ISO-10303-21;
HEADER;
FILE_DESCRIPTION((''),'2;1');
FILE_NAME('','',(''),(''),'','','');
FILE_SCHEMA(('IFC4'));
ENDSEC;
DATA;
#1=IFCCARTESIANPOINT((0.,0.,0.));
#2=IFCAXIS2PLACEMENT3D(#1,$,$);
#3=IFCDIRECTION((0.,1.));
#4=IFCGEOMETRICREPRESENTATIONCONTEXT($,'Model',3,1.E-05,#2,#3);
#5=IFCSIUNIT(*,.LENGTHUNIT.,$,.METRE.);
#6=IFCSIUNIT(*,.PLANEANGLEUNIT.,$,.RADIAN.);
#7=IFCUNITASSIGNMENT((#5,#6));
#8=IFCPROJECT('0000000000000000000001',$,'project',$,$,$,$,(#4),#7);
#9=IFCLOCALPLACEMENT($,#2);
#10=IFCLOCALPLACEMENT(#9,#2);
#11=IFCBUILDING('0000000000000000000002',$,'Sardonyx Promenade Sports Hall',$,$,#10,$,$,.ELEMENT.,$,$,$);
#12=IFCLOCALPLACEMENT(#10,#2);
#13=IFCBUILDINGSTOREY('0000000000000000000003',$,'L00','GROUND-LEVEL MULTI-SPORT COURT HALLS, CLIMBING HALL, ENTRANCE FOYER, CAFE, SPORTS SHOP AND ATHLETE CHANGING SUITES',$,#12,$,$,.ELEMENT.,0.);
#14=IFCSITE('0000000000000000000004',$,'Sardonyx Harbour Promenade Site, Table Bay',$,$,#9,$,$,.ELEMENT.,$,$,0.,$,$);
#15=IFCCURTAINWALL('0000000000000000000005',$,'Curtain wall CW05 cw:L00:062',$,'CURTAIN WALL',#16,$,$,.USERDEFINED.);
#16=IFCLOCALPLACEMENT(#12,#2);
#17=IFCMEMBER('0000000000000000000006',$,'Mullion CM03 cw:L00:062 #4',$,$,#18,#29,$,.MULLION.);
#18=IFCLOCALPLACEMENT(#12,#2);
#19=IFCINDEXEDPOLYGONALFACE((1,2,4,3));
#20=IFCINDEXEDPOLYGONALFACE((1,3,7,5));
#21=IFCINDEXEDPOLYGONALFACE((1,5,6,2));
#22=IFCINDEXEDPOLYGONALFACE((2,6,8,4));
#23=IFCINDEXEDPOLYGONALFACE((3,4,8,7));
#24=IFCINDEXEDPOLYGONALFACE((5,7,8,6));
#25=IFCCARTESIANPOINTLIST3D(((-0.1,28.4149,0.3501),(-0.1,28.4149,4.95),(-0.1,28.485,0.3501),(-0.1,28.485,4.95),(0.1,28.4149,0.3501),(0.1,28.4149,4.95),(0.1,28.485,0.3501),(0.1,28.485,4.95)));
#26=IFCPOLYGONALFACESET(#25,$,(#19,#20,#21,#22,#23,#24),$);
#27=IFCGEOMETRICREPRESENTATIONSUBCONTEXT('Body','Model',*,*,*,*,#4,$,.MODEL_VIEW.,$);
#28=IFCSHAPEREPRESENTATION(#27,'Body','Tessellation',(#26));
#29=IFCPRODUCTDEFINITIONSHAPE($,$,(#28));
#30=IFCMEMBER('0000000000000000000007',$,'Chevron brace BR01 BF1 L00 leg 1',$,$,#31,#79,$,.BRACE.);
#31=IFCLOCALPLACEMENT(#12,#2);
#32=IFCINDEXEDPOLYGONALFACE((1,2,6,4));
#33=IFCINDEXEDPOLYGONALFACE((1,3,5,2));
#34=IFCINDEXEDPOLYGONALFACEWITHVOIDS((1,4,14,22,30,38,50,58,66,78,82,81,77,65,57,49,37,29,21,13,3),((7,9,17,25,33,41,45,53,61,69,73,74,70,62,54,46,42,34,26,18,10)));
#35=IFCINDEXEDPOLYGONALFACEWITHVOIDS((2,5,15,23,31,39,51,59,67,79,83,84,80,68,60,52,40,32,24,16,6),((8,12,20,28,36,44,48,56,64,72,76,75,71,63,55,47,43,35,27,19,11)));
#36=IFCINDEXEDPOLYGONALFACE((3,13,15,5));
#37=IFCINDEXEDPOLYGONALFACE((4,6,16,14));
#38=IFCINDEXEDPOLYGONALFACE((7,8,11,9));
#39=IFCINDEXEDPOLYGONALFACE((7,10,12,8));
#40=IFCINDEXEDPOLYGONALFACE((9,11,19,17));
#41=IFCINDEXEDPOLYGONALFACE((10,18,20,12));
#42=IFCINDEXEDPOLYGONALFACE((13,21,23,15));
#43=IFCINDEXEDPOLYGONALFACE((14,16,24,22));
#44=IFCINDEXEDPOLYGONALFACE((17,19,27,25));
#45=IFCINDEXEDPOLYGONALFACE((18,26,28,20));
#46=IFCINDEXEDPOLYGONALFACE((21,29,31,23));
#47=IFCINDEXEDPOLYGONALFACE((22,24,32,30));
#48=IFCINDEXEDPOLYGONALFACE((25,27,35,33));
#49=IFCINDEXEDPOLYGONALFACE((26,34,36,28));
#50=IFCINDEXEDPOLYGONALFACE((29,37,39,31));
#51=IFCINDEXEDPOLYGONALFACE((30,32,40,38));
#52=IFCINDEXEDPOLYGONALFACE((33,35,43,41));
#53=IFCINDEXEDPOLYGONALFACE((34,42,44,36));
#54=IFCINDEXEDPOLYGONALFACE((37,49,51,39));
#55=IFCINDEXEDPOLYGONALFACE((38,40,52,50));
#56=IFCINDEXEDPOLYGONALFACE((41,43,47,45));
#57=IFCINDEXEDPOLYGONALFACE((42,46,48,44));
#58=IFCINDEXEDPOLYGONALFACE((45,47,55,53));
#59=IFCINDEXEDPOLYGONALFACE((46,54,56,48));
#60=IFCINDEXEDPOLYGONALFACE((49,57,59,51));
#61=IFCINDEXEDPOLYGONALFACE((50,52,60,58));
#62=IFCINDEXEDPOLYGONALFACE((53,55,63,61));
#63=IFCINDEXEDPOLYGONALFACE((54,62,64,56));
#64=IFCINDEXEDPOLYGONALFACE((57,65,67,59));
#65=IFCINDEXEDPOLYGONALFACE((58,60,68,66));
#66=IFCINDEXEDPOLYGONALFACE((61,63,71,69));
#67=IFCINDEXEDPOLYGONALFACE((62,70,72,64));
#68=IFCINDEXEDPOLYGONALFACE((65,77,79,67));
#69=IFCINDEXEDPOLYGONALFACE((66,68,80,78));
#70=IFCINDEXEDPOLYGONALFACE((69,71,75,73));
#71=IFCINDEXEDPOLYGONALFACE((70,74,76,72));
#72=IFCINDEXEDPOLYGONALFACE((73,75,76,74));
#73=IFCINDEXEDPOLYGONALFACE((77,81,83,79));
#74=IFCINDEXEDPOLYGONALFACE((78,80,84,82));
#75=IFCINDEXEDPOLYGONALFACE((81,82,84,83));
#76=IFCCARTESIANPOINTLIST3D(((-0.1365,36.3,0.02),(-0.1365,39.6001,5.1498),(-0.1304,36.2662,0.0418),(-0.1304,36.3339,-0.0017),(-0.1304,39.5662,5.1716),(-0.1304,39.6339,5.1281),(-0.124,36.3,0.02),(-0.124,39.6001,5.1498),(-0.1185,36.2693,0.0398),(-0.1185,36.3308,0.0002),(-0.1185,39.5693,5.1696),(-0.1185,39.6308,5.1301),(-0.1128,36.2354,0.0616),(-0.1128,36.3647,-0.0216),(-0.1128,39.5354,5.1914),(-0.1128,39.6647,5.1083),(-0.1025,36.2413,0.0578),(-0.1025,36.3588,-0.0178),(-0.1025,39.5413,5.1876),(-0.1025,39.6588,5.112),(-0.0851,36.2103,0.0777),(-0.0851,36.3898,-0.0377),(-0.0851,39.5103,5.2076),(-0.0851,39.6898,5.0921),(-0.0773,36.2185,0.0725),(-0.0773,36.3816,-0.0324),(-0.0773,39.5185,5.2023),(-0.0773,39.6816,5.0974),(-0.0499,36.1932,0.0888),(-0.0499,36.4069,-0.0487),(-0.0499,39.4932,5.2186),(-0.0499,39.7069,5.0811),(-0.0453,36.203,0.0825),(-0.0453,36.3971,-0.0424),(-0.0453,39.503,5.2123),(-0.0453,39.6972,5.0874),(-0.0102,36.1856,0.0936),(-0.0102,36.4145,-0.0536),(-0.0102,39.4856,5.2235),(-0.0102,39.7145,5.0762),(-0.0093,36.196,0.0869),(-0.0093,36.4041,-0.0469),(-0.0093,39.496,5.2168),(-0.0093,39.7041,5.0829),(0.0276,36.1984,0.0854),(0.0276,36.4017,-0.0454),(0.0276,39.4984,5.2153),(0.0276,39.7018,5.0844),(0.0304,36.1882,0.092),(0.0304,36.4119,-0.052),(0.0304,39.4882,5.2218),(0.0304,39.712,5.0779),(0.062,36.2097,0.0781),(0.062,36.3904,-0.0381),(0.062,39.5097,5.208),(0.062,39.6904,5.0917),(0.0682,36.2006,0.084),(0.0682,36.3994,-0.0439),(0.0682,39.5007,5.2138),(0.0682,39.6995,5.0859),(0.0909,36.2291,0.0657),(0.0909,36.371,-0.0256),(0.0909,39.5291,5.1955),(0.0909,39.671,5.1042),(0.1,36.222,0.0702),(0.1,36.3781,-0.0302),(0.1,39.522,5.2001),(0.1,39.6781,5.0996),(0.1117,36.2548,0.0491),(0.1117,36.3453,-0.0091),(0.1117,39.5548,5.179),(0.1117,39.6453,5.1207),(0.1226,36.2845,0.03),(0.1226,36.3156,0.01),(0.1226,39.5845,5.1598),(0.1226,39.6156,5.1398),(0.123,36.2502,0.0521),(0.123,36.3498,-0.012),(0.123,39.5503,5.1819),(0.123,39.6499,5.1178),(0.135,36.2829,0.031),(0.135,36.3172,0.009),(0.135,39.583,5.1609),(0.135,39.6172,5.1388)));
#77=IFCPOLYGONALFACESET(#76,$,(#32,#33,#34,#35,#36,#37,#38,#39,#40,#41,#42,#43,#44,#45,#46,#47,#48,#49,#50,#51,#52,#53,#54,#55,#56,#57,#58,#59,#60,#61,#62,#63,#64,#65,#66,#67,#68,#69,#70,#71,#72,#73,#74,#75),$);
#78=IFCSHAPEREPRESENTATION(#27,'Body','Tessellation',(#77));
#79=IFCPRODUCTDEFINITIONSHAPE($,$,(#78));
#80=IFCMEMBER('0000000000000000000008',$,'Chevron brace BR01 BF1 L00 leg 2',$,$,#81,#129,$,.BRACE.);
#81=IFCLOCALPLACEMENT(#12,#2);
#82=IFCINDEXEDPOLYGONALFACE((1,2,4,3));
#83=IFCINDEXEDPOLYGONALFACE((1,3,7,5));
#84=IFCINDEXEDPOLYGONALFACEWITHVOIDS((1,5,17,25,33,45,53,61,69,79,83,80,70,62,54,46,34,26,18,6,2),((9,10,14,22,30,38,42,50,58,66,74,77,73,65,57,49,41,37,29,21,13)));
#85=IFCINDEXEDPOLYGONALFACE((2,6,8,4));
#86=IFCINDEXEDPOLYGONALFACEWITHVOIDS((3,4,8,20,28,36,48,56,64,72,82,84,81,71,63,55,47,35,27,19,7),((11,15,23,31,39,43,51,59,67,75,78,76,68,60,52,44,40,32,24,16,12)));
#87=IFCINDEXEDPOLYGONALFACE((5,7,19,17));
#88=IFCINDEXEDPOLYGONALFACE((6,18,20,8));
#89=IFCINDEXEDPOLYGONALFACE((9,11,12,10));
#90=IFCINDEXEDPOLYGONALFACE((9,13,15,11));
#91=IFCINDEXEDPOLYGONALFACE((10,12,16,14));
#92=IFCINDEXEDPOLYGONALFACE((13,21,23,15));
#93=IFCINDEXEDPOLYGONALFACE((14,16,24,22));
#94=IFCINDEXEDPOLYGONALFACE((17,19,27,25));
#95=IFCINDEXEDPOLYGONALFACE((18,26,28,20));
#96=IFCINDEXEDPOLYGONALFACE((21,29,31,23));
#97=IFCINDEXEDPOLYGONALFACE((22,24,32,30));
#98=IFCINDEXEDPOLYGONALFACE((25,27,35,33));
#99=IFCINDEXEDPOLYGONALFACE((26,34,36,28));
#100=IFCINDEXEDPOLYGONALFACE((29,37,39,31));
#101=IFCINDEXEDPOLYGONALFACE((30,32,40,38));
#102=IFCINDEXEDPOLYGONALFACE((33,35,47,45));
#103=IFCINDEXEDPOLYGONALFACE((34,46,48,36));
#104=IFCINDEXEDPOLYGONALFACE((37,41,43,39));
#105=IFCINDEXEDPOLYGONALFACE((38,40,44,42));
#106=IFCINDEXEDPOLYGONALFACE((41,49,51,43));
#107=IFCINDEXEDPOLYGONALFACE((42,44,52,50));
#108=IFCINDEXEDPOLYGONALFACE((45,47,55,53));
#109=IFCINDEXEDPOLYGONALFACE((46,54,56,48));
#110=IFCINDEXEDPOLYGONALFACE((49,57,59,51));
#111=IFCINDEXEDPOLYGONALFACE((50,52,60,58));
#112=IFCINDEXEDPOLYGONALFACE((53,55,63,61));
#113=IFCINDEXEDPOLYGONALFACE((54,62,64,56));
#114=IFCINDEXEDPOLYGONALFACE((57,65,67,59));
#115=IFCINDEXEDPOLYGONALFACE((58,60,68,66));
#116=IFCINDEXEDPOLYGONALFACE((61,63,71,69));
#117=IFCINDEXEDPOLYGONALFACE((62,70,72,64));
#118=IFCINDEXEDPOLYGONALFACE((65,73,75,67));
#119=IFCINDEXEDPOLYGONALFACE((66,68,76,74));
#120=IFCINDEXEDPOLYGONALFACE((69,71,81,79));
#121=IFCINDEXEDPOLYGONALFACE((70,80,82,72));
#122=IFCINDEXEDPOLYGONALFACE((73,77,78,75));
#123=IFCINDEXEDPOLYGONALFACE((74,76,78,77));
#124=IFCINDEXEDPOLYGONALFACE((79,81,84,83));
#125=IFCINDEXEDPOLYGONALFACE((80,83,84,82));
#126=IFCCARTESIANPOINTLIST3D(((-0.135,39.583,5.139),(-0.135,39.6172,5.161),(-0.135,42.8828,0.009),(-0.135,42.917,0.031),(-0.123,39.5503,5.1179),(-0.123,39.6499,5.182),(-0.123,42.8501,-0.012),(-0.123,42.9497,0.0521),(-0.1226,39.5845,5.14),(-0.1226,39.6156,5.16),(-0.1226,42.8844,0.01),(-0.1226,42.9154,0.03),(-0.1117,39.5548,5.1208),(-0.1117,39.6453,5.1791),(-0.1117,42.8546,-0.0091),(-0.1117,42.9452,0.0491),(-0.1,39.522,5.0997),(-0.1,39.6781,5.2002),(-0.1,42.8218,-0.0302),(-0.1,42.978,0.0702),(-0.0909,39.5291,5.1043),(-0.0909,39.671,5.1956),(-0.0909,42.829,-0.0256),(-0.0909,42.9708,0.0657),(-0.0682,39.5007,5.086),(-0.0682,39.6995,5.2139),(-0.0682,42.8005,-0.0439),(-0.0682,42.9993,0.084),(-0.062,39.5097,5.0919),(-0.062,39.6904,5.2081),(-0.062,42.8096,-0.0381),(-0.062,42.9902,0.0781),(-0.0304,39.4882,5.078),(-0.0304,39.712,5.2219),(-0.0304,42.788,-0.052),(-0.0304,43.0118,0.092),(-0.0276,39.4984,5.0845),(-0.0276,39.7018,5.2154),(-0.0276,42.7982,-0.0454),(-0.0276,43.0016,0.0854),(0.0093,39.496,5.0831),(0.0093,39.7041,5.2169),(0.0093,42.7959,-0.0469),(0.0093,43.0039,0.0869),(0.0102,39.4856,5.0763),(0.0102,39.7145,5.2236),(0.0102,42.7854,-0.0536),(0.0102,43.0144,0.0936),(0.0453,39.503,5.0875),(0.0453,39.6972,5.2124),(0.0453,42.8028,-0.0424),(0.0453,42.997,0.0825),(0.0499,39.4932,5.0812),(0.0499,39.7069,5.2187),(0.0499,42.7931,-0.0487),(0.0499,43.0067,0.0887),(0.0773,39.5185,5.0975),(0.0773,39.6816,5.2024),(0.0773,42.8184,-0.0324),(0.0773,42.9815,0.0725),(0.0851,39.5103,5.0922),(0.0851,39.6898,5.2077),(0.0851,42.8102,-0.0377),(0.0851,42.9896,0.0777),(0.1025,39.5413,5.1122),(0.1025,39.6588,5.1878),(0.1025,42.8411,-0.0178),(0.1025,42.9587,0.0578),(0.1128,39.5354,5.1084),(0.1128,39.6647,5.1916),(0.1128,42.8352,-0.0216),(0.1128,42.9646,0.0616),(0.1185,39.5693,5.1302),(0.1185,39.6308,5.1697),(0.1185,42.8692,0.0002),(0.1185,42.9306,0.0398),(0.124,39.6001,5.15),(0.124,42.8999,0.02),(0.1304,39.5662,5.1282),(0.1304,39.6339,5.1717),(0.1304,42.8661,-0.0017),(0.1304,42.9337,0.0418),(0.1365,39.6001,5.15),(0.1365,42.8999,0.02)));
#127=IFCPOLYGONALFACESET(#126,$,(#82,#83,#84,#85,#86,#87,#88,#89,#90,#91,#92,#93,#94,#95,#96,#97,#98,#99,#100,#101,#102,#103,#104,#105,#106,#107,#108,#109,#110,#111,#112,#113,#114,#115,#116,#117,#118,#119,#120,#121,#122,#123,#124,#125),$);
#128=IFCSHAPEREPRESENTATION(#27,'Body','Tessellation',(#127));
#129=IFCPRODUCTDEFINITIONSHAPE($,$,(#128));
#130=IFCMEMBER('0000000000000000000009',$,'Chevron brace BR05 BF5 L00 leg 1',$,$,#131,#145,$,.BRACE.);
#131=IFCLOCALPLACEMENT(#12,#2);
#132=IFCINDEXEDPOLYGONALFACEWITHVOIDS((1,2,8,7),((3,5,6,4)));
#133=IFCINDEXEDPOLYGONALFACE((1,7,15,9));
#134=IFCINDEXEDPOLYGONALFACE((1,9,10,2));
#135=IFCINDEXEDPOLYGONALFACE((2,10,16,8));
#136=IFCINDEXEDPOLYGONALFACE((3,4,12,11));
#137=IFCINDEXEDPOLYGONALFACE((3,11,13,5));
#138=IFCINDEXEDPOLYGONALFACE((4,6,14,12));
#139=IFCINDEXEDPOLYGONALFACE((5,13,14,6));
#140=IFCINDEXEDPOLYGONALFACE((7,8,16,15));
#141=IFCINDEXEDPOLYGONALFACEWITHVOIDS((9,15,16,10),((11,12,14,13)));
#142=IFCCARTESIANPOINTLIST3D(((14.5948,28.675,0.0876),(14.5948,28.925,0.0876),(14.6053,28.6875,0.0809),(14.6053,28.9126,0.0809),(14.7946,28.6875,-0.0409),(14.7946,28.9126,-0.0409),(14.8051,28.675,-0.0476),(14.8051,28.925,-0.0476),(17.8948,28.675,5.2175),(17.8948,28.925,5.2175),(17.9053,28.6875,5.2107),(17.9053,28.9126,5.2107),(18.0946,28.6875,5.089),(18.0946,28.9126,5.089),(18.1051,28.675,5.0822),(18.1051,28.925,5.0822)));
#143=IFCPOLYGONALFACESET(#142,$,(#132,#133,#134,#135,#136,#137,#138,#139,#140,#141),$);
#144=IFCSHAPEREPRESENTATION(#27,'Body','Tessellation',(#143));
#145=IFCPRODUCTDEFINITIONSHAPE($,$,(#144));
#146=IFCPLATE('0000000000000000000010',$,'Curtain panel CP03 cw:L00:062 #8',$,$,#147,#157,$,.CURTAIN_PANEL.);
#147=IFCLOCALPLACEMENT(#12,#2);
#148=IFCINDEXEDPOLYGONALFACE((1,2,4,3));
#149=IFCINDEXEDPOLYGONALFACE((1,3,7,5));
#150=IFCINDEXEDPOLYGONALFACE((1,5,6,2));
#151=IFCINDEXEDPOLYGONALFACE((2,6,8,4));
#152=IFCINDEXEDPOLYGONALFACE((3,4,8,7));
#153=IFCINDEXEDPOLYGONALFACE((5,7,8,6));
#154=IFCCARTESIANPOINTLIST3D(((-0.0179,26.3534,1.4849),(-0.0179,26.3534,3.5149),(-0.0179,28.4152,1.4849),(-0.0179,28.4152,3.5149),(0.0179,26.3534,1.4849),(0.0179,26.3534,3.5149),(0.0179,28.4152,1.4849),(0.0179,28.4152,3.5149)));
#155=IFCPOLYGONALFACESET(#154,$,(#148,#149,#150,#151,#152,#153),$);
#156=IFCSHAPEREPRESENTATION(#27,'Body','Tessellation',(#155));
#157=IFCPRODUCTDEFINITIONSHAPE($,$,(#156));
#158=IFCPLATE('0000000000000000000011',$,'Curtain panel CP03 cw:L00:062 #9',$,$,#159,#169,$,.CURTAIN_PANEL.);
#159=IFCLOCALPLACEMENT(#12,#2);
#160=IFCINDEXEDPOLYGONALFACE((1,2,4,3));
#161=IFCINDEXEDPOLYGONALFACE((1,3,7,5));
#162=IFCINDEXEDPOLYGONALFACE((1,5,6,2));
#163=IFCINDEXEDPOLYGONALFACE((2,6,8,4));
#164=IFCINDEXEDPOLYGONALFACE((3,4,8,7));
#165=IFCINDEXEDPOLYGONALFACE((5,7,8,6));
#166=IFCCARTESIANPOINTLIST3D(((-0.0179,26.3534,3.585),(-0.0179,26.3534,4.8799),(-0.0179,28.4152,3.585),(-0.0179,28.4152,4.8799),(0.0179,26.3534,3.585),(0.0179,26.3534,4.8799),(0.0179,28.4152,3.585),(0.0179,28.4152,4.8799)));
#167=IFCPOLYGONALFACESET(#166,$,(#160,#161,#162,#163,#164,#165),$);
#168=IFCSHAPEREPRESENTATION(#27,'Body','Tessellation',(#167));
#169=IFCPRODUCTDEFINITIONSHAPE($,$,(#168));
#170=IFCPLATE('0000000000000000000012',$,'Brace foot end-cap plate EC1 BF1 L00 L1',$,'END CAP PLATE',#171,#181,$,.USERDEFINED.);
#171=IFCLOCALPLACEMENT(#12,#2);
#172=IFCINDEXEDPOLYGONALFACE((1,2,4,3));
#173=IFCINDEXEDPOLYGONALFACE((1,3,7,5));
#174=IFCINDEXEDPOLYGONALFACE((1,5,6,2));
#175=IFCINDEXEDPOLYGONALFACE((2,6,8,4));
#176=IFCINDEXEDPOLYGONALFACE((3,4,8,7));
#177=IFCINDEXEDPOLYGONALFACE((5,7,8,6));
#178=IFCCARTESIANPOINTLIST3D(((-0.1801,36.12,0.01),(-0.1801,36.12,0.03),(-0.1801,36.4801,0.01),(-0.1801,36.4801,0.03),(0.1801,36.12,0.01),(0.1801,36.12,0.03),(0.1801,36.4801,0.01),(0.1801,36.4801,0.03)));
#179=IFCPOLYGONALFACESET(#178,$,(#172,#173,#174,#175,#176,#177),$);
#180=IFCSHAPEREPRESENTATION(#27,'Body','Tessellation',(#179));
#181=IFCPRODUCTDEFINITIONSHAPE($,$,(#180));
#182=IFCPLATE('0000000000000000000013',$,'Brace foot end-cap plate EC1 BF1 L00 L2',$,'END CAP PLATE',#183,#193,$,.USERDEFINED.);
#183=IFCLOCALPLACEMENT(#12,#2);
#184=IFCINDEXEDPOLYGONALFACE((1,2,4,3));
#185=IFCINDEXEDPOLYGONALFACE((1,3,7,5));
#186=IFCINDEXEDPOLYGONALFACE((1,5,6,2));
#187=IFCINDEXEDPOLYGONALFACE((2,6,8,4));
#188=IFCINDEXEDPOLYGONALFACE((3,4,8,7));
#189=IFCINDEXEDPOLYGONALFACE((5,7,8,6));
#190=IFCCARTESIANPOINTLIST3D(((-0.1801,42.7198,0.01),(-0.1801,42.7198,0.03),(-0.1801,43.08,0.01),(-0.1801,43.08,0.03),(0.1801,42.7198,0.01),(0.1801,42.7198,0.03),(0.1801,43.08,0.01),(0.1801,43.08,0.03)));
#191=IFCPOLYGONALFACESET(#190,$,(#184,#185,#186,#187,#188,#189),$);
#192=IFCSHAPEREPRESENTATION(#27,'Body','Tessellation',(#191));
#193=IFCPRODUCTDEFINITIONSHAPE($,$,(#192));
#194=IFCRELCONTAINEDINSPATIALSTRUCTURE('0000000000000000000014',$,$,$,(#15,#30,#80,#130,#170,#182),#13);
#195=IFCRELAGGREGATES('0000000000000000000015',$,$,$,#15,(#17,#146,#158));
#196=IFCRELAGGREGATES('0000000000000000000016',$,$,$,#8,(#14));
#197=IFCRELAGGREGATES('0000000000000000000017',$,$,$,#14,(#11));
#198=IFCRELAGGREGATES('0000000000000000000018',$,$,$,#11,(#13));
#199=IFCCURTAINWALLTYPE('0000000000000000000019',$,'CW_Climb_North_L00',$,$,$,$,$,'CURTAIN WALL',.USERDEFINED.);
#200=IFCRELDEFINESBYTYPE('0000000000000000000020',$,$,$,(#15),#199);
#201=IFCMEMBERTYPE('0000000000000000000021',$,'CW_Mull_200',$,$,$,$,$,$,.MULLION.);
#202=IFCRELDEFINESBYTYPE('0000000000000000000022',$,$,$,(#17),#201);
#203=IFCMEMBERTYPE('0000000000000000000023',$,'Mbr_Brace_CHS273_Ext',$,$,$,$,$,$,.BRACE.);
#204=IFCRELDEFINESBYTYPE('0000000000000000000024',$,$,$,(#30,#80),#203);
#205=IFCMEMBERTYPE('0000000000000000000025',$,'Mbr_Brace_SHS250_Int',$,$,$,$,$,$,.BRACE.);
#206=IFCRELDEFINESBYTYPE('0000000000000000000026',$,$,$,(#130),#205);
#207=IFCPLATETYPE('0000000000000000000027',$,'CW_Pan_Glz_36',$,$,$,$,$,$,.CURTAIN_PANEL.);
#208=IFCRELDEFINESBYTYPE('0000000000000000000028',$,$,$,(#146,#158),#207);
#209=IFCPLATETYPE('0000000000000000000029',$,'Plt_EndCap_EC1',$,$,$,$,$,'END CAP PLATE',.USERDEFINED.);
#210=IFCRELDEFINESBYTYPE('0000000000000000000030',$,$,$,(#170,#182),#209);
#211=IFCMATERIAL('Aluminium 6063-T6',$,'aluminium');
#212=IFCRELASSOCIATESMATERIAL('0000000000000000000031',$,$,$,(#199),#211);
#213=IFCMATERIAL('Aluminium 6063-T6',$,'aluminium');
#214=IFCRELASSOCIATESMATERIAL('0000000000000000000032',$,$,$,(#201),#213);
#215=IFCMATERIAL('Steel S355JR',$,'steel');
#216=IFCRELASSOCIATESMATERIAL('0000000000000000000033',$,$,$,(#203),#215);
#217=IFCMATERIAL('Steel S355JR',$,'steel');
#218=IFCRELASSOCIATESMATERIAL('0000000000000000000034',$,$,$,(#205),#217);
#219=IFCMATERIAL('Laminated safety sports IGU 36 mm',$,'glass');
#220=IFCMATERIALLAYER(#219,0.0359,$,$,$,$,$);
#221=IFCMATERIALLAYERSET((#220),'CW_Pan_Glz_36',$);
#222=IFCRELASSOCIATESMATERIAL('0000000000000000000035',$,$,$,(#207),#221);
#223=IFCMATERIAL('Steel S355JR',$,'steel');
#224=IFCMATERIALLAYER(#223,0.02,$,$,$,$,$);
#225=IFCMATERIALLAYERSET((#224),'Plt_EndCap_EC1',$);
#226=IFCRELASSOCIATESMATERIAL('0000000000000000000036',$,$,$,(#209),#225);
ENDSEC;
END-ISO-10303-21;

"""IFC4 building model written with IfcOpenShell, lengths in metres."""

from ifc_helpers import new_model, si_unit, direction, frame, origin, origin_2d, place, context, subcontext, project, spatial, rectangle, hollow_rectangle, hollow_circle, extrude, material, layer, layer_set, material_profile, profile_set, type_object, element, aggregate, save


model = new_model("IFC4")

# Units and contexts
model_context = context("Model", 3, precision=1e-05, world=origin(), true_north=direction((0.0, 1.0)))
body_context = subcontext(model_context, "Body", "Model", "MODEL_VIEW")
ifc_project = project(units=[si_unit("LENGTHUNIT", "METRE"), si_unit("PLANEANGLEUNIT", "RADIAN")], contexts=[model_context])

# Site, building, storey
site_placement = place(None, origin())
site = spatial("IfcSite", under=ifc_project, at=site_placement, Name="Sardonyx Harbour Promenade Site, Table Bay", CompositionType="ELEMENT", RefElevation=0.0)
building_placement = place(site_placement, origin())
building = spatial("IfcBuilding", under=site, at=building_placement, Name="Sardonyx Promenade Sports Hall", CompositionType="ELEMENT")
storey_placement = place(building_placement, origin())
storey = spatial("IfcBuildingStorey", under=building, at=storey_placement, Name="L00", Description="GROUND-LEVEL MULTI-SPORT COURT HALLS, CLIMBING HALL, ENTRANCE FOYER, CAFE, SPORTS SHOP AND ATHLETE CHANGING SUITES", CompositionType="ELEMENT", Elevation=0.0)

# Curtain wall, member
ifc_material_1 = material(Name="Aluminium 6063-T6", Category="aluminium")
curtain_wall_type = type_object("IfcCurtainWallType", Name="CW_Climb_North_L00", ElementType="CURTAIN WALL", PredefinedType="USERDEFINED", material=ifc_material_1)
curtain_wall_placement = place(storey_placement, origin())
curtain_wall = element("IfcCurtainWall", 1, at=curtain_wall_placement, inside=storey, type_object=curtain_wall_type, Name="Curtain wall CW05 cw:L00:062", ObjectType="CURTAIN WALL", PredefinedType="USERDEFINED")
ifc_material_2 = material(Name="Aluminium 6063-T6", Category="aluminium")
ifc_material_profile_1 = material_profile(ifc_material_2, rectangle(XDim=0.0701, YDim=0.2, at=origin_2d()))
ifc_profile_set_1 = profile_set([ifc_material_profile_1], Name="Aluminium 6063-T6")
member_type_1 = type_object("IfcMemberType", Name="CW_Mull_200", PredefinedType="MULLION", material=ifc_profile_set_1)
member_1_placement = place(storey_placement, frame((0.0, 28.45, 0.3501), z_axis=(0.0, 0.0, 1.0), x_axis=(0.0, 1.0, 0.0)))
member_1 = element("IfcMember", 2, at=member_1_placement, type_object=member_type_1, Name="Mullion CM03 cw:L00:062 #4", PredefinedType="MULLION", context=body_context, shape_type="SweptSolid", body=[
    extrude(rectangle(XDim=0.0701, YDim=0.2, at=origin_2d()), origin(), (0.0, 0.0, 1.0), 4.5999),
])

# Members
ifc_material_3 = material(Name="Steel S355JR", Category="steel")
ifc_material_profile_2 = material_profile(ifc_material_3, hollow_circle(Radius=0.1365, WallThickness=0.0125, at=origin_2d()))
ifc_profile_set_2 = profile_set([ifc_material_profile_2], Name="Steel S355JR")
member_type_2 = type_object("IfcMemberType", Name="Mbr_Brace_CHS273_Ext", PredefinedType="BRACE", material=ifc_profile_set_2)
for number, where, z_axis, x_axis, name in (
    (3, (0.0, 36.3, 0.02), (0.0, 0.541021, 0.841009), (-1.0, 0.0, 0.0), "Chevron brace BR01 BF1 L00 leg 1"),
    (4, (0.0, 42.8999, 0.02), (0.0, -0.540992, 0.841028), (1.0, 0.0, 0.0), "Chevron brace BR01 BF1 L00 leg 2"),
):
    element("IfcMember", number, at=place(storey_placement, frame(where, z_axis=z_axis, x_axis=x_axis)), inside=storey, type_object=member_type_2, Name=name, PredefinedType="BRACE", context=body_context, shape_type="SweptSolid", body=[
        extrude(hollow_circle(Radius=0.1365, WallThickness=0.0125, at=origin_2d()), origin(), (0.0, 0.0, 1.0), 6.0996),
    ])
ifc_material_4 = material(Name="Steel S355JR", Category="steel")
ifc_material_profile_3 = material_profile(ifc_material_4, hollow_rectangle(XDim=0.25, YDim=0.25, WallThickness=0.0125, at=origin_2d()))
ifc_profile_set_3 = profile_set([ifc_material_profile_3], Name="Steel S355JR")
member_type_3 = type_object("IfcMemberType", Name="Mbr_Brace_SHS250_Int", PredefinedType="BRACE", material=ifc_profile_set_3)
member_2_placement = place(storey_placement, frame((14.7, 28.8, 0.02), z_axis=(0.541021, 0.0, 0.841009), x_axis=(0.0, 1.0, 0.0)))
element("IfcMember", 5, at=member_2_placement, inside=storey, type_object=member_type_3, Name="Chevron brace BR05 BF5 L00 leg 1", PredefinedType="BRACE", context=body_context, shape_type="SweptSolid", body=[
    extrude(hollow_rectangle(XDim=0.25, YDim=0.25, WallThickness=0.0125, at=origin_2d()), origin(), (0.0, 0.0, 1.0), 6.0996),
])

# Plates
ifc_material_5 = material(Name="Laminated safety sports IGU 36 mm", Category="glass")
ifc_layer_1 = layer(ifc_material_5, 0.0359)
ifc_layer_set_1 = layer_set([ifc_layer_1], Name="CW_Pan_Glz_36")
plate_type_1 = type_object("IfcPlateType", Name="CW_Pan_Glz_36", PredefinedType="CURTAIN_PANEL", material=ifc_layer_set_1)
plate_1_placement = place(storey_placement, frame((0.0, 27.3843, 1.4849), z_axis=(0.0, 0.0, 1.0), x_axis=(0.0, 1.0, 0.0)))
plate_1 = element("IfcPlate", 6, at=plate_1_placement, type_object=plate_type_1, Name="Curtain panel CP03 cw:L00:062 #8", PredefinedType="CURTAIN_PANEL", context=body_context, shape_type="SweptSolid", body=[
    extrude(rectangle(XDim=2.0618, YDim=0.0359, at=origin_2d()), origin(), (0.0, 0.0, 1.0), 2.03),
])
plate_2_placement = place(storey_placement, frame((0.0, 27.3843, 3.585), z_axis=(0.0, 0.0, 1.0), x_axis=(0.0, 1.0, 0.0)))
plate_2 = element("IfcPlate", 7, at=plate_2_placement, type_object=plate_type_1, Name="Curtain panel CP03 cw:L00:062 #9", PredefinedType="CURTAIN_PANEL", context=body_context, shape_type="SweptSolid", body=[
    extrude(rectangle(XDim=2.0618, YDim=0.0359, at=origin_2d()), origin(), (0.0, 0.0, 1.0), 1.2949),
])
aggregate(curtain_wall, [member_1, plate_1, plate_2])

# Plates
ifc_material_6 = material(Name="Steel S355JR", Category="steel")
ifc_layer_2 = layer(ifc_material_6, 0.02)
ifc_layer_set_2 = layer_set([ifc_layer_2], Name="Plt_EndCap_EC1")
plate_type_2 = type_object("IfcPlateType", Name="Plt_EndCap_EC1", ElementType="END CAP PLATE", PredefinedType="USERDEFINED", material=ifc_layer_set_2)
for number, where, z_axis, x_axis, name in (
    (8, (0.0, 36.3, 0.01), (0.0, 0.0, 1.0), (1.0, 0.0, 0.0), "Brace foot end-cap plate EC1 BF1 L00 L1"),
    (9, (0.0, 42.8999, 0.01), (0.0, 0.0, 1.0), (1.0, 0.0, 0.0), "Brace foot end-cap plate EC1 BF1 L00 L2"),
):
    element("IfcPlate", number, at=place(storey_placement, frame(where, z_axis=z_axis, x_axis=x_axis)), inside=storey, type_object=plate_type_2, Name=name, ObjectType="END CAP PLATE", PredefinedType="USERDEFINED", context=body_context, shape_type="SweptSolid", body=[
        extrude(rectangle(XDim=0.3601, YDim=0.3601, at=origin_2d()), origin(), (0.0, 0.0, 1.0), 0.02),
    ])

save(model, "model.ifc")
